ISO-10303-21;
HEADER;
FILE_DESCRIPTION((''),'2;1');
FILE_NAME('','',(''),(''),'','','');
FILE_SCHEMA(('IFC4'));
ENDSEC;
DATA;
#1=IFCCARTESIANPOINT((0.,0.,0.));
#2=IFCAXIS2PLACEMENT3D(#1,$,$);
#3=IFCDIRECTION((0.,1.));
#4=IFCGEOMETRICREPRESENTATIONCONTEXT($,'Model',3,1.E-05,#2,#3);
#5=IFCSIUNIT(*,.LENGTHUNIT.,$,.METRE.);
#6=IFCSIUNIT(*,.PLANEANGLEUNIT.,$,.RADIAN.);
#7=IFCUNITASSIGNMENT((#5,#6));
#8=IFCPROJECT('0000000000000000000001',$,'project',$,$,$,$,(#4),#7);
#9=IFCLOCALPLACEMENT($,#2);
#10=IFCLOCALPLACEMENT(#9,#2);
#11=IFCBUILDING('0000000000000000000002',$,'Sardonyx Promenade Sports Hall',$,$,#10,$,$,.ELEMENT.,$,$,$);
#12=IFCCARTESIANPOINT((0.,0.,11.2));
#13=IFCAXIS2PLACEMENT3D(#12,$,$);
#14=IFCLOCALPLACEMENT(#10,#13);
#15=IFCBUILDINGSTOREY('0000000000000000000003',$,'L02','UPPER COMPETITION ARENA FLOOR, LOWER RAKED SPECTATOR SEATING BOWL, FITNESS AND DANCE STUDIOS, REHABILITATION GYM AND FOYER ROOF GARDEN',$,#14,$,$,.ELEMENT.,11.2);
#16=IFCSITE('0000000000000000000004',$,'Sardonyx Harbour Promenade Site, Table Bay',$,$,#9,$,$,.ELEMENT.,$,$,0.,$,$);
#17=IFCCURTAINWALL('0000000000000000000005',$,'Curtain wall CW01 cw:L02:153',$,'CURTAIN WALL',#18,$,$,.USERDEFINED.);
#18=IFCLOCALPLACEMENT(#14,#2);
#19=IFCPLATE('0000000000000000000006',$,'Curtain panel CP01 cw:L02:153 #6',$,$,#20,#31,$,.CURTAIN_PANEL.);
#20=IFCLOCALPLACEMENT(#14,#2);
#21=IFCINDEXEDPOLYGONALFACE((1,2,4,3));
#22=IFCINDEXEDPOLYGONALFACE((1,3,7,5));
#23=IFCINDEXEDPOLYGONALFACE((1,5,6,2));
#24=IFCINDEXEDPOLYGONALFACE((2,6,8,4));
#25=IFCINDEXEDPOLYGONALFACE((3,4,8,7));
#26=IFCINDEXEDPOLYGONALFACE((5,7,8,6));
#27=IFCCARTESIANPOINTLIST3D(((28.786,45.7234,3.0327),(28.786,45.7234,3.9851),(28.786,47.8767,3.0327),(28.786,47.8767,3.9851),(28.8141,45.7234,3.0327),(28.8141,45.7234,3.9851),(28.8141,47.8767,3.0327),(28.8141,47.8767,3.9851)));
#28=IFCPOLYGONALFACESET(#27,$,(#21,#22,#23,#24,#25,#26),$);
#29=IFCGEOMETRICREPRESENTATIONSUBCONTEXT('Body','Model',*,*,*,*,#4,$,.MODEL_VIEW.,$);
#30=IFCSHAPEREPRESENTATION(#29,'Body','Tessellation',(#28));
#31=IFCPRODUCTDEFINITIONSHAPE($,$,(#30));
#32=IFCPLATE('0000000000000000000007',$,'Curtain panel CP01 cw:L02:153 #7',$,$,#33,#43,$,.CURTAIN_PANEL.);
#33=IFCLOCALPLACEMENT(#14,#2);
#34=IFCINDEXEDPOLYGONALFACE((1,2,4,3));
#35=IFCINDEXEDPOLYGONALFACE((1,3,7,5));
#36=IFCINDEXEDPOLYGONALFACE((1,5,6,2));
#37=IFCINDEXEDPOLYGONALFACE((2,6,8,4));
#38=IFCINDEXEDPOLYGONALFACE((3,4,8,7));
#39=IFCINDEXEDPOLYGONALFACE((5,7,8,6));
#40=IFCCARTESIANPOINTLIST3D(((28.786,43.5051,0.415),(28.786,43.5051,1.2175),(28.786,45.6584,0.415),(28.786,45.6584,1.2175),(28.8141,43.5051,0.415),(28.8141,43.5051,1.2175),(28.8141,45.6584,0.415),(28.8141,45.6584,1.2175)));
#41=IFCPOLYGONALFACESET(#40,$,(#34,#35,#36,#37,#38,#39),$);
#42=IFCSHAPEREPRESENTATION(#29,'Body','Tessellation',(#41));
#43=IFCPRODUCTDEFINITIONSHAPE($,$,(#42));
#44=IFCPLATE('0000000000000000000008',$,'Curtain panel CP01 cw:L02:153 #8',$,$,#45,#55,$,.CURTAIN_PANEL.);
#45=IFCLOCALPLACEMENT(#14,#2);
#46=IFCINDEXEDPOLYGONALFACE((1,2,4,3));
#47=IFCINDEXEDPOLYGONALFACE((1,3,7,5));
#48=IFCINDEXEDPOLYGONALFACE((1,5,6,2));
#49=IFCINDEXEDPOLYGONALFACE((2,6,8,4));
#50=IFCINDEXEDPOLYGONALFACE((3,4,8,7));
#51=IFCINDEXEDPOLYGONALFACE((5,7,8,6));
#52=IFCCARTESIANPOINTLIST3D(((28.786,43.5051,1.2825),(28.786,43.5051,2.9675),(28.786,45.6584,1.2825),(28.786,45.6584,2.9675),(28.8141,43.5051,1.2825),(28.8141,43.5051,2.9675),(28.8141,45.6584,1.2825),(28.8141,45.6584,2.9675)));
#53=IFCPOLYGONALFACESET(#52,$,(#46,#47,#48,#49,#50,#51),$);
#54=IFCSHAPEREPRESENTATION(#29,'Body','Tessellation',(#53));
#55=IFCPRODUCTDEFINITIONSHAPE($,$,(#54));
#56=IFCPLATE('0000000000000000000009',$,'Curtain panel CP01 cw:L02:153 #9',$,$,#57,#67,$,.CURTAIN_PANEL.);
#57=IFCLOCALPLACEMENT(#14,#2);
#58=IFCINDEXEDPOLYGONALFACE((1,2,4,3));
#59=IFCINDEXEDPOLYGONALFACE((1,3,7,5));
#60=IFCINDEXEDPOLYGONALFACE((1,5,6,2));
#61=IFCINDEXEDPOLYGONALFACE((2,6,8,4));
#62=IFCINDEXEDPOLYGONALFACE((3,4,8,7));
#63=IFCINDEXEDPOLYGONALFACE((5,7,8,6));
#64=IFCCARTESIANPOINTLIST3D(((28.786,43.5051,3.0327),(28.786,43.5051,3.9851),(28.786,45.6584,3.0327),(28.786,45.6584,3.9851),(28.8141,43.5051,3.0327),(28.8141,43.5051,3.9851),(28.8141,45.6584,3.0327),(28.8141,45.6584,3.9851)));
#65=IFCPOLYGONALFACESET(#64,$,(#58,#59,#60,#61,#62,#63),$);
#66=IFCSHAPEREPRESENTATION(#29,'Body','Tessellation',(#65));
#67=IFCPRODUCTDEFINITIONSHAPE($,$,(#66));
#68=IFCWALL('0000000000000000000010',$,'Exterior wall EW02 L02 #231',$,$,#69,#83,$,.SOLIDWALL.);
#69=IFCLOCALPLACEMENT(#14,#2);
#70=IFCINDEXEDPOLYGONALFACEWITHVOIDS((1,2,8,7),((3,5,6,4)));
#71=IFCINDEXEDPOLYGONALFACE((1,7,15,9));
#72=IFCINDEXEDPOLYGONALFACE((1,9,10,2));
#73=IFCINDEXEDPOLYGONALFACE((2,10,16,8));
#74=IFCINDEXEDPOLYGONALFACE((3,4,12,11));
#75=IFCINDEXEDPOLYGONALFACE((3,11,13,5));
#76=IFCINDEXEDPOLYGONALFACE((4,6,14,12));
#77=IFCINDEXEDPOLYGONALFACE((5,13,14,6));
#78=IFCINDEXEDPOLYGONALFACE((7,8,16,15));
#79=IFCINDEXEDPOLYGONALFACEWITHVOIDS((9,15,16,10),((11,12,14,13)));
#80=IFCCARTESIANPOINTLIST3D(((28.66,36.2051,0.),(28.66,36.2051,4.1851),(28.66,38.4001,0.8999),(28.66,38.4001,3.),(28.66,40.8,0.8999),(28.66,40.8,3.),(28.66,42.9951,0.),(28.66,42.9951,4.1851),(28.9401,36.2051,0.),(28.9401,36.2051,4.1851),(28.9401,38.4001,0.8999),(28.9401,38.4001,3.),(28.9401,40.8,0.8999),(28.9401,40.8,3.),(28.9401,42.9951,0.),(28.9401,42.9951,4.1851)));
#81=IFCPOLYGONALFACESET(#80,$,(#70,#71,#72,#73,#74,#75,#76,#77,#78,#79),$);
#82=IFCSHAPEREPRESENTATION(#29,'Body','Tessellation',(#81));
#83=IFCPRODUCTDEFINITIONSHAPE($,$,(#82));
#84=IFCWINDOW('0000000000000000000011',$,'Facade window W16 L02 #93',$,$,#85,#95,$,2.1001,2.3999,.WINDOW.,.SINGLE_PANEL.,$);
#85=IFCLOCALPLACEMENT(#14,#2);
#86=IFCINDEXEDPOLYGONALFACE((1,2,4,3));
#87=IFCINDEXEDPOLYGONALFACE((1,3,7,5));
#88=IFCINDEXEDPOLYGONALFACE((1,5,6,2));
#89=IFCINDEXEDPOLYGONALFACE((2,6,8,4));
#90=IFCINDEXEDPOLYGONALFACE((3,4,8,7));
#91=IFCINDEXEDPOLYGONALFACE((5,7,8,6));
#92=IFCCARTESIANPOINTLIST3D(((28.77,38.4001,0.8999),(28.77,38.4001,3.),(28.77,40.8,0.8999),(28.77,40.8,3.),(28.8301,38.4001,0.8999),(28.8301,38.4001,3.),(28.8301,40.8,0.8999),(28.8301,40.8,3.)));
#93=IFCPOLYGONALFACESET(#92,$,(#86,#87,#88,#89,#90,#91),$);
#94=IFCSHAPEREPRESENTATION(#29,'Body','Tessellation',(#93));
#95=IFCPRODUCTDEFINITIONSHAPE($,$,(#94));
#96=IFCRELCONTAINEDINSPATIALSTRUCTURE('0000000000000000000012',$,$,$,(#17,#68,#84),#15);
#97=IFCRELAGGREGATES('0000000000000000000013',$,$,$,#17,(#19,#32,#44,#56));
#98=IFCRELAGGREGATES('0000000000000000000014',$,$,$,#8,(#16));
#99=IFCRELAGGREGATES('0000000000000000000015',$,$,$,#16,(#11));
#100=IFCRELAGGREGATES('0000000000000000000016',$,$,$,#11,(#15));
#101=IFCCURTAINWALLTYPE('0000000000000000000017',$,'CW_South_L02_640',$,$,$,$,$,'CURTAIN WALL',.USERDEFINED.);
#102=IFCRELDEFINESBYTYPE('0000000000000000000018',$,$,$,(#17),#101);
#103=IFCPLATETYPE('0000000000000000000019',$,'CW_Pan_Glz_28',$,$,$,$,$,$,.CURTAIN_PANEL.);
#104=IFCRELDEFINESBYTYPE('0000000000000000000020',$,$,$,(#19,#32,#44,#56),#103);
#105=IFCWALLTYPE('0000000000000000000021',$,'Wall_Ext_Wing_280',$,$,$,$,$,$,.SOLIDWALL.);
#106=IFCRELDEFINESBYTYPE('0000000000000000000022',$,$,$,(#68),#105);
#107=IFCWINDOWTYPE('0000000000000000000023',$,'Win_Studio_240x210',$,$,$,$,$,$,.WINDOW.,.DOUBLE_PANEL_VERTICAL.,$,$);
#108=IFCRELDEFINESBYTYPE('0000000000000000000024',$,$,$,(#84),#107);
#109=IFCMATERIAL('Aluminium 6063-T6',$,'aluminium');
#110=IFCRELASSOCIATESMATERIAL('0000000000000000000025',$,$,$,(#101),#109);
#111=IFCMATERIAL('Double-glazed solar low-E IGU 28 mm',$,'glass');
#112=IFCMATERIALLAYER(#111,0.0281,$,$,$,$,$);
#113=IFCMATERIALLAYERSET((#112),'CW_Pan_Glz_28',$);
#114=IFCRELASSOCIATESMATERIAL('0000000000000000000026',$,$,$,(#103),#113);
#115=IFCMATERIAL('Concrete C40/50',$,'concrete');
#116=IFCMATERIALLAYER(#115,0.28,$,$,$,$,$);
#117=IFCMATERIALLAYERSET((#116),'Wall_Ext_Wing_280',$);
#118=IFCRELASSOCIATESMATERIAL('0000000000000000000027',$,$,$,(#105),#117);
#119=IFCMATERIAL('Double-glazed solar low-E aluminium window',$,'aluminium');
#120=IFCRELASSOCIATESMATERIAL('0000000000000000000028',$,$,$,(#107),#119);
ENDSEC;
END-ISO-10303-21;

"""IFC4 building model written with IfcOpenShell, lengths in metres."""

from ifc_helpers import new_model, si_unit, direction, frame, frame_2d, origin, origin_2d, place, context, subcontext, project, spatial, rectangle, extrude, material, layer, layer_set, type_object, element, fill, aggregate, save


model = new_model("IFC4")

# Units and contexts
model_context = context("Model", 3, precision=1e-05, world=origin(), true_north=direction((0.0, 1.0)))
body_context = subcontext(model_context, "Body", "Model", "MODEL_VIEW")
ifc_project = project(units=[si_unit("LENGTHUNIT", "METRE"), si_unit("PLANEANGLEUNIT", "RADIAN")], contexts=[model_context])

# Site, building, storey
site_placement = place(None, origin())
site = spatial("IfcSite", under=ifc_project, at=site_placement, Name="Sardonyx Harbour Promenade Site, Table Bay", CompositionType="ELEMENT", RefElevation=0.0)
building_placement = place(site_placement, origin())
building = spatial("IfcBuilding", under=site, at=building_placement, Name="Sardonyx Promenade Sports Hall", CompositionType="ELEMENT")
storey_placement = place(building_placement, frame((0.0, 0.0, 11.2)))
storey = spatial("IfcBuildingStorey", under=building, at=storey_placement, Name="L02", Description="UPPER COMPETITION ARENA FLOOR, LOWER RAKED SPECTATOR SEATING BOWL, FITNESS AND DANCE STUDIOS, REHABILITATION GYM AND FOYER ROOF GARDEN", CompositionType="ELEMENT", Elevation=11.2)

# Curtain wall, plates
ifc_material_1 = material(Name="Aluminium 6063-T6", Category="aluminium")
curtain_wall_type = type_object("IfcCurtainWallType", Name="CW_South_L02_640", ElementType="CURTAIN WALL", PredefinedType="USERDEFINED", material=ifc_material_1)
curtain_wall_placement = place(storey_placement, origin())
curtain_wall = element("IfcCurtainWall", 1, at=curtain_wall_placement, inside=storey, type_object=curtain_wall_type, Name="Curtain wall CW01 cw:L02:153", ObjectType="CURTAIN WALL", PredefinedType="USERDEFINED")
ifc_material_2 = material(Name="Double-glazed solar low-E IGU 28 mm", Category="glass")
ifc_layer_1 = layer(ifc_material_2, 0.0281)
ifc_layer_set_1 = layer_set([ifc_layer_1], Name="CW_Pan_Glz_28")
plate_type = type_object("IfcPlateType", Name="CW_Pan_Glz_28", PredefinedType="CURTAIN_PANEL", material=ifc_layer_set_1)
plate_1_placement = place(storey_placement, frame((28.8, 46.8, 3.0327), z_axis=(0.0, 0.0, 1.0), x_axis=(0.0, -1.0, 0.0)))
plate_1 = element("IfcPlate", 2, at=plate_1_placement, type_object=plate_type, Name="Curtain panel CP01 cw:L02:153 #6", PredefinedType="CURTAIN_PANEL", context=body_context, shape_type="SweptSolid", body=[
    extrude(rectangle(XDim=2.1533, YDim=0.0281, at=origin_2d()), origin(), (0.0, 0.0, 1.0), 0.9524),
])
plate_2_placement = place(storey_placement, frame((28.8, 44.5818, 0.415), z_axis=(0.0, 0.0, 1.0), x_axis=(0.0, -1.0, 0.0)))
plate_2 = element("IfcPlate", 3, at=plate_2_placement, type_object=plate_type, Name="Curtain panel CP01 cw:L02:153 #7", PredefinedType="CURTAIN_PANEL", context=body_context, shape_type="SweptSolid", body=[
    extrude(rectangle(XDim=2.1533, YDim=0.0281, at=origin_2d()), origin(), (0.0, 0.0, 1.0), 0.8025),
])
plate_3_placement = place(storey_placement, frame((28.8, 44.5818, 1.2825), z_axis=(0.0, 0.0, 1.0), x_axis=(0.0, -1.0, 0.0)))
plate_3 = element("IfcPlate", 4, at=plate_3_placement, type_object=plate_type, Name="Curtain panel CP01 cw:L02:153 #8", PredefinedType="CURTAIN_PANEL", context=body_context, shape_type="SweptSolid", body=[
    extrude(rectangle(XDim=2.1533, YDim=0.0281, at=origin_2d()), origin(), (0.0, 0.0, 1.0), 1.6851),
])
plate_4_placement = place(storey_placement, frame((28.8, 44.5818, 3.0327), z_axis=(0.0, 0.0, 1.0), x_axis=(0.0, -1.0, 0.0)))
plate_4 = element("IfcPlate", 5, at=plate_4_placement, type_object=plate_type, Name="Curtain panel CP01 cw:L02:153 #9", PredefinedType="CURTAIN_PANEL", context=body_context, shape_type="SweptSolid", body=[
    extrude(rectangle(XDim=2.1533, YDim=0.0281, at=origin_2d()), origin(), (0.0, 0.0, 1.0), 0.9524),
])
aggregate(curtain_wall, [plate_1, plate_2, plate_3, plate_4])

# Wall, opening, window
ifc_material_3 = material(Name="Concrete C40/50", Category="concrete")
ifc_layer_2 = layer(ifc_material_3, 0.28)
ifc_layer_set_2 = layer_set([ifc_layer_2], Name="Wall_Ext_Wing_280")
wall_type = type_object("IfcWallType", Name="Wall_Ext_Wing_280", PredefinedType="SOLIDWALL", material=ifc_layer_set_2)
wall_placement = place(storey_placement, frame((28.8, 42.9951, 0.0), z_axis=(0.0, 0.0, 1.0), x_axis=(0.0, -1.0, 0.0)))
wall = element("IfcWall", 6, at=wall_placement, inside=storey, type_object=wall_type, Name="Exterior wall EW02 L02 #231", PredefinedType="SOLIDWALL", context=body_context, shape_type="SweptSolid", body=[
    extrude(rectangle(XDim=6.79, YDim=0.28, at=frame_2d((3.395, 0.0))), origin(), (0.0, 0.0, 1.0), 4.1851),
])
opening_placement = place(wall_placement, frame((2.1951, 0.0, 0.8999)))
opening = element("IfcOpeningElement", 7, at=opening_placement, cuts=wall, PredefinedType="OPENING", context=body_context, shape_type="SweptSolid", body=[
    extrude(rectangle(XDim=2.3999, YDim=2.1001, at=frame_2d((1.2, 1.05))), frame((0.0, 0.15, 0.0), z_axis=(0.0, -1.0, 0.0), x_axis=(1.0, 0.0, 0.0)), (0.0, 0.0, 1.0), 0.3),
])
ifc_material_4 = material(Name="Double-glazed solar low-E aluminium window", Category="aluminium")
window_type = type_object("IfcWindowType", Name="Win_Studio_240x210", PartitioningType="DOUBLE_PANEL_VERTICAL", PredefinedType="WINDOW", material=ifc_material_4)
window_placement = place(opening_placement, origin())
window = element("IfcWindow", 8, at=window_placement, inside=storey, type_object=window_type, Name="Facade window W16 L02 #93", OverallHeight=2.1001, OverallWidth=2.3999, PartitioningType="SINGLE_PANEL", PredefinedType="WINDOW", context=body_context, shape_type="SweptSolid", body=[
    extrude(rectangle(XDim=2.3999, YDim=2.1001, at=frame_2d((1.2, 1.05))), frame((0.0, 0.03, 0.0), z_axis=(0.0, -1.0, 0.0), x_axis=(1.0, 0.0, 0.0)), (0.0, 0.0, 1.0), 0.0601),
])
fill(opening, window)

save(model, "model.ifc")
